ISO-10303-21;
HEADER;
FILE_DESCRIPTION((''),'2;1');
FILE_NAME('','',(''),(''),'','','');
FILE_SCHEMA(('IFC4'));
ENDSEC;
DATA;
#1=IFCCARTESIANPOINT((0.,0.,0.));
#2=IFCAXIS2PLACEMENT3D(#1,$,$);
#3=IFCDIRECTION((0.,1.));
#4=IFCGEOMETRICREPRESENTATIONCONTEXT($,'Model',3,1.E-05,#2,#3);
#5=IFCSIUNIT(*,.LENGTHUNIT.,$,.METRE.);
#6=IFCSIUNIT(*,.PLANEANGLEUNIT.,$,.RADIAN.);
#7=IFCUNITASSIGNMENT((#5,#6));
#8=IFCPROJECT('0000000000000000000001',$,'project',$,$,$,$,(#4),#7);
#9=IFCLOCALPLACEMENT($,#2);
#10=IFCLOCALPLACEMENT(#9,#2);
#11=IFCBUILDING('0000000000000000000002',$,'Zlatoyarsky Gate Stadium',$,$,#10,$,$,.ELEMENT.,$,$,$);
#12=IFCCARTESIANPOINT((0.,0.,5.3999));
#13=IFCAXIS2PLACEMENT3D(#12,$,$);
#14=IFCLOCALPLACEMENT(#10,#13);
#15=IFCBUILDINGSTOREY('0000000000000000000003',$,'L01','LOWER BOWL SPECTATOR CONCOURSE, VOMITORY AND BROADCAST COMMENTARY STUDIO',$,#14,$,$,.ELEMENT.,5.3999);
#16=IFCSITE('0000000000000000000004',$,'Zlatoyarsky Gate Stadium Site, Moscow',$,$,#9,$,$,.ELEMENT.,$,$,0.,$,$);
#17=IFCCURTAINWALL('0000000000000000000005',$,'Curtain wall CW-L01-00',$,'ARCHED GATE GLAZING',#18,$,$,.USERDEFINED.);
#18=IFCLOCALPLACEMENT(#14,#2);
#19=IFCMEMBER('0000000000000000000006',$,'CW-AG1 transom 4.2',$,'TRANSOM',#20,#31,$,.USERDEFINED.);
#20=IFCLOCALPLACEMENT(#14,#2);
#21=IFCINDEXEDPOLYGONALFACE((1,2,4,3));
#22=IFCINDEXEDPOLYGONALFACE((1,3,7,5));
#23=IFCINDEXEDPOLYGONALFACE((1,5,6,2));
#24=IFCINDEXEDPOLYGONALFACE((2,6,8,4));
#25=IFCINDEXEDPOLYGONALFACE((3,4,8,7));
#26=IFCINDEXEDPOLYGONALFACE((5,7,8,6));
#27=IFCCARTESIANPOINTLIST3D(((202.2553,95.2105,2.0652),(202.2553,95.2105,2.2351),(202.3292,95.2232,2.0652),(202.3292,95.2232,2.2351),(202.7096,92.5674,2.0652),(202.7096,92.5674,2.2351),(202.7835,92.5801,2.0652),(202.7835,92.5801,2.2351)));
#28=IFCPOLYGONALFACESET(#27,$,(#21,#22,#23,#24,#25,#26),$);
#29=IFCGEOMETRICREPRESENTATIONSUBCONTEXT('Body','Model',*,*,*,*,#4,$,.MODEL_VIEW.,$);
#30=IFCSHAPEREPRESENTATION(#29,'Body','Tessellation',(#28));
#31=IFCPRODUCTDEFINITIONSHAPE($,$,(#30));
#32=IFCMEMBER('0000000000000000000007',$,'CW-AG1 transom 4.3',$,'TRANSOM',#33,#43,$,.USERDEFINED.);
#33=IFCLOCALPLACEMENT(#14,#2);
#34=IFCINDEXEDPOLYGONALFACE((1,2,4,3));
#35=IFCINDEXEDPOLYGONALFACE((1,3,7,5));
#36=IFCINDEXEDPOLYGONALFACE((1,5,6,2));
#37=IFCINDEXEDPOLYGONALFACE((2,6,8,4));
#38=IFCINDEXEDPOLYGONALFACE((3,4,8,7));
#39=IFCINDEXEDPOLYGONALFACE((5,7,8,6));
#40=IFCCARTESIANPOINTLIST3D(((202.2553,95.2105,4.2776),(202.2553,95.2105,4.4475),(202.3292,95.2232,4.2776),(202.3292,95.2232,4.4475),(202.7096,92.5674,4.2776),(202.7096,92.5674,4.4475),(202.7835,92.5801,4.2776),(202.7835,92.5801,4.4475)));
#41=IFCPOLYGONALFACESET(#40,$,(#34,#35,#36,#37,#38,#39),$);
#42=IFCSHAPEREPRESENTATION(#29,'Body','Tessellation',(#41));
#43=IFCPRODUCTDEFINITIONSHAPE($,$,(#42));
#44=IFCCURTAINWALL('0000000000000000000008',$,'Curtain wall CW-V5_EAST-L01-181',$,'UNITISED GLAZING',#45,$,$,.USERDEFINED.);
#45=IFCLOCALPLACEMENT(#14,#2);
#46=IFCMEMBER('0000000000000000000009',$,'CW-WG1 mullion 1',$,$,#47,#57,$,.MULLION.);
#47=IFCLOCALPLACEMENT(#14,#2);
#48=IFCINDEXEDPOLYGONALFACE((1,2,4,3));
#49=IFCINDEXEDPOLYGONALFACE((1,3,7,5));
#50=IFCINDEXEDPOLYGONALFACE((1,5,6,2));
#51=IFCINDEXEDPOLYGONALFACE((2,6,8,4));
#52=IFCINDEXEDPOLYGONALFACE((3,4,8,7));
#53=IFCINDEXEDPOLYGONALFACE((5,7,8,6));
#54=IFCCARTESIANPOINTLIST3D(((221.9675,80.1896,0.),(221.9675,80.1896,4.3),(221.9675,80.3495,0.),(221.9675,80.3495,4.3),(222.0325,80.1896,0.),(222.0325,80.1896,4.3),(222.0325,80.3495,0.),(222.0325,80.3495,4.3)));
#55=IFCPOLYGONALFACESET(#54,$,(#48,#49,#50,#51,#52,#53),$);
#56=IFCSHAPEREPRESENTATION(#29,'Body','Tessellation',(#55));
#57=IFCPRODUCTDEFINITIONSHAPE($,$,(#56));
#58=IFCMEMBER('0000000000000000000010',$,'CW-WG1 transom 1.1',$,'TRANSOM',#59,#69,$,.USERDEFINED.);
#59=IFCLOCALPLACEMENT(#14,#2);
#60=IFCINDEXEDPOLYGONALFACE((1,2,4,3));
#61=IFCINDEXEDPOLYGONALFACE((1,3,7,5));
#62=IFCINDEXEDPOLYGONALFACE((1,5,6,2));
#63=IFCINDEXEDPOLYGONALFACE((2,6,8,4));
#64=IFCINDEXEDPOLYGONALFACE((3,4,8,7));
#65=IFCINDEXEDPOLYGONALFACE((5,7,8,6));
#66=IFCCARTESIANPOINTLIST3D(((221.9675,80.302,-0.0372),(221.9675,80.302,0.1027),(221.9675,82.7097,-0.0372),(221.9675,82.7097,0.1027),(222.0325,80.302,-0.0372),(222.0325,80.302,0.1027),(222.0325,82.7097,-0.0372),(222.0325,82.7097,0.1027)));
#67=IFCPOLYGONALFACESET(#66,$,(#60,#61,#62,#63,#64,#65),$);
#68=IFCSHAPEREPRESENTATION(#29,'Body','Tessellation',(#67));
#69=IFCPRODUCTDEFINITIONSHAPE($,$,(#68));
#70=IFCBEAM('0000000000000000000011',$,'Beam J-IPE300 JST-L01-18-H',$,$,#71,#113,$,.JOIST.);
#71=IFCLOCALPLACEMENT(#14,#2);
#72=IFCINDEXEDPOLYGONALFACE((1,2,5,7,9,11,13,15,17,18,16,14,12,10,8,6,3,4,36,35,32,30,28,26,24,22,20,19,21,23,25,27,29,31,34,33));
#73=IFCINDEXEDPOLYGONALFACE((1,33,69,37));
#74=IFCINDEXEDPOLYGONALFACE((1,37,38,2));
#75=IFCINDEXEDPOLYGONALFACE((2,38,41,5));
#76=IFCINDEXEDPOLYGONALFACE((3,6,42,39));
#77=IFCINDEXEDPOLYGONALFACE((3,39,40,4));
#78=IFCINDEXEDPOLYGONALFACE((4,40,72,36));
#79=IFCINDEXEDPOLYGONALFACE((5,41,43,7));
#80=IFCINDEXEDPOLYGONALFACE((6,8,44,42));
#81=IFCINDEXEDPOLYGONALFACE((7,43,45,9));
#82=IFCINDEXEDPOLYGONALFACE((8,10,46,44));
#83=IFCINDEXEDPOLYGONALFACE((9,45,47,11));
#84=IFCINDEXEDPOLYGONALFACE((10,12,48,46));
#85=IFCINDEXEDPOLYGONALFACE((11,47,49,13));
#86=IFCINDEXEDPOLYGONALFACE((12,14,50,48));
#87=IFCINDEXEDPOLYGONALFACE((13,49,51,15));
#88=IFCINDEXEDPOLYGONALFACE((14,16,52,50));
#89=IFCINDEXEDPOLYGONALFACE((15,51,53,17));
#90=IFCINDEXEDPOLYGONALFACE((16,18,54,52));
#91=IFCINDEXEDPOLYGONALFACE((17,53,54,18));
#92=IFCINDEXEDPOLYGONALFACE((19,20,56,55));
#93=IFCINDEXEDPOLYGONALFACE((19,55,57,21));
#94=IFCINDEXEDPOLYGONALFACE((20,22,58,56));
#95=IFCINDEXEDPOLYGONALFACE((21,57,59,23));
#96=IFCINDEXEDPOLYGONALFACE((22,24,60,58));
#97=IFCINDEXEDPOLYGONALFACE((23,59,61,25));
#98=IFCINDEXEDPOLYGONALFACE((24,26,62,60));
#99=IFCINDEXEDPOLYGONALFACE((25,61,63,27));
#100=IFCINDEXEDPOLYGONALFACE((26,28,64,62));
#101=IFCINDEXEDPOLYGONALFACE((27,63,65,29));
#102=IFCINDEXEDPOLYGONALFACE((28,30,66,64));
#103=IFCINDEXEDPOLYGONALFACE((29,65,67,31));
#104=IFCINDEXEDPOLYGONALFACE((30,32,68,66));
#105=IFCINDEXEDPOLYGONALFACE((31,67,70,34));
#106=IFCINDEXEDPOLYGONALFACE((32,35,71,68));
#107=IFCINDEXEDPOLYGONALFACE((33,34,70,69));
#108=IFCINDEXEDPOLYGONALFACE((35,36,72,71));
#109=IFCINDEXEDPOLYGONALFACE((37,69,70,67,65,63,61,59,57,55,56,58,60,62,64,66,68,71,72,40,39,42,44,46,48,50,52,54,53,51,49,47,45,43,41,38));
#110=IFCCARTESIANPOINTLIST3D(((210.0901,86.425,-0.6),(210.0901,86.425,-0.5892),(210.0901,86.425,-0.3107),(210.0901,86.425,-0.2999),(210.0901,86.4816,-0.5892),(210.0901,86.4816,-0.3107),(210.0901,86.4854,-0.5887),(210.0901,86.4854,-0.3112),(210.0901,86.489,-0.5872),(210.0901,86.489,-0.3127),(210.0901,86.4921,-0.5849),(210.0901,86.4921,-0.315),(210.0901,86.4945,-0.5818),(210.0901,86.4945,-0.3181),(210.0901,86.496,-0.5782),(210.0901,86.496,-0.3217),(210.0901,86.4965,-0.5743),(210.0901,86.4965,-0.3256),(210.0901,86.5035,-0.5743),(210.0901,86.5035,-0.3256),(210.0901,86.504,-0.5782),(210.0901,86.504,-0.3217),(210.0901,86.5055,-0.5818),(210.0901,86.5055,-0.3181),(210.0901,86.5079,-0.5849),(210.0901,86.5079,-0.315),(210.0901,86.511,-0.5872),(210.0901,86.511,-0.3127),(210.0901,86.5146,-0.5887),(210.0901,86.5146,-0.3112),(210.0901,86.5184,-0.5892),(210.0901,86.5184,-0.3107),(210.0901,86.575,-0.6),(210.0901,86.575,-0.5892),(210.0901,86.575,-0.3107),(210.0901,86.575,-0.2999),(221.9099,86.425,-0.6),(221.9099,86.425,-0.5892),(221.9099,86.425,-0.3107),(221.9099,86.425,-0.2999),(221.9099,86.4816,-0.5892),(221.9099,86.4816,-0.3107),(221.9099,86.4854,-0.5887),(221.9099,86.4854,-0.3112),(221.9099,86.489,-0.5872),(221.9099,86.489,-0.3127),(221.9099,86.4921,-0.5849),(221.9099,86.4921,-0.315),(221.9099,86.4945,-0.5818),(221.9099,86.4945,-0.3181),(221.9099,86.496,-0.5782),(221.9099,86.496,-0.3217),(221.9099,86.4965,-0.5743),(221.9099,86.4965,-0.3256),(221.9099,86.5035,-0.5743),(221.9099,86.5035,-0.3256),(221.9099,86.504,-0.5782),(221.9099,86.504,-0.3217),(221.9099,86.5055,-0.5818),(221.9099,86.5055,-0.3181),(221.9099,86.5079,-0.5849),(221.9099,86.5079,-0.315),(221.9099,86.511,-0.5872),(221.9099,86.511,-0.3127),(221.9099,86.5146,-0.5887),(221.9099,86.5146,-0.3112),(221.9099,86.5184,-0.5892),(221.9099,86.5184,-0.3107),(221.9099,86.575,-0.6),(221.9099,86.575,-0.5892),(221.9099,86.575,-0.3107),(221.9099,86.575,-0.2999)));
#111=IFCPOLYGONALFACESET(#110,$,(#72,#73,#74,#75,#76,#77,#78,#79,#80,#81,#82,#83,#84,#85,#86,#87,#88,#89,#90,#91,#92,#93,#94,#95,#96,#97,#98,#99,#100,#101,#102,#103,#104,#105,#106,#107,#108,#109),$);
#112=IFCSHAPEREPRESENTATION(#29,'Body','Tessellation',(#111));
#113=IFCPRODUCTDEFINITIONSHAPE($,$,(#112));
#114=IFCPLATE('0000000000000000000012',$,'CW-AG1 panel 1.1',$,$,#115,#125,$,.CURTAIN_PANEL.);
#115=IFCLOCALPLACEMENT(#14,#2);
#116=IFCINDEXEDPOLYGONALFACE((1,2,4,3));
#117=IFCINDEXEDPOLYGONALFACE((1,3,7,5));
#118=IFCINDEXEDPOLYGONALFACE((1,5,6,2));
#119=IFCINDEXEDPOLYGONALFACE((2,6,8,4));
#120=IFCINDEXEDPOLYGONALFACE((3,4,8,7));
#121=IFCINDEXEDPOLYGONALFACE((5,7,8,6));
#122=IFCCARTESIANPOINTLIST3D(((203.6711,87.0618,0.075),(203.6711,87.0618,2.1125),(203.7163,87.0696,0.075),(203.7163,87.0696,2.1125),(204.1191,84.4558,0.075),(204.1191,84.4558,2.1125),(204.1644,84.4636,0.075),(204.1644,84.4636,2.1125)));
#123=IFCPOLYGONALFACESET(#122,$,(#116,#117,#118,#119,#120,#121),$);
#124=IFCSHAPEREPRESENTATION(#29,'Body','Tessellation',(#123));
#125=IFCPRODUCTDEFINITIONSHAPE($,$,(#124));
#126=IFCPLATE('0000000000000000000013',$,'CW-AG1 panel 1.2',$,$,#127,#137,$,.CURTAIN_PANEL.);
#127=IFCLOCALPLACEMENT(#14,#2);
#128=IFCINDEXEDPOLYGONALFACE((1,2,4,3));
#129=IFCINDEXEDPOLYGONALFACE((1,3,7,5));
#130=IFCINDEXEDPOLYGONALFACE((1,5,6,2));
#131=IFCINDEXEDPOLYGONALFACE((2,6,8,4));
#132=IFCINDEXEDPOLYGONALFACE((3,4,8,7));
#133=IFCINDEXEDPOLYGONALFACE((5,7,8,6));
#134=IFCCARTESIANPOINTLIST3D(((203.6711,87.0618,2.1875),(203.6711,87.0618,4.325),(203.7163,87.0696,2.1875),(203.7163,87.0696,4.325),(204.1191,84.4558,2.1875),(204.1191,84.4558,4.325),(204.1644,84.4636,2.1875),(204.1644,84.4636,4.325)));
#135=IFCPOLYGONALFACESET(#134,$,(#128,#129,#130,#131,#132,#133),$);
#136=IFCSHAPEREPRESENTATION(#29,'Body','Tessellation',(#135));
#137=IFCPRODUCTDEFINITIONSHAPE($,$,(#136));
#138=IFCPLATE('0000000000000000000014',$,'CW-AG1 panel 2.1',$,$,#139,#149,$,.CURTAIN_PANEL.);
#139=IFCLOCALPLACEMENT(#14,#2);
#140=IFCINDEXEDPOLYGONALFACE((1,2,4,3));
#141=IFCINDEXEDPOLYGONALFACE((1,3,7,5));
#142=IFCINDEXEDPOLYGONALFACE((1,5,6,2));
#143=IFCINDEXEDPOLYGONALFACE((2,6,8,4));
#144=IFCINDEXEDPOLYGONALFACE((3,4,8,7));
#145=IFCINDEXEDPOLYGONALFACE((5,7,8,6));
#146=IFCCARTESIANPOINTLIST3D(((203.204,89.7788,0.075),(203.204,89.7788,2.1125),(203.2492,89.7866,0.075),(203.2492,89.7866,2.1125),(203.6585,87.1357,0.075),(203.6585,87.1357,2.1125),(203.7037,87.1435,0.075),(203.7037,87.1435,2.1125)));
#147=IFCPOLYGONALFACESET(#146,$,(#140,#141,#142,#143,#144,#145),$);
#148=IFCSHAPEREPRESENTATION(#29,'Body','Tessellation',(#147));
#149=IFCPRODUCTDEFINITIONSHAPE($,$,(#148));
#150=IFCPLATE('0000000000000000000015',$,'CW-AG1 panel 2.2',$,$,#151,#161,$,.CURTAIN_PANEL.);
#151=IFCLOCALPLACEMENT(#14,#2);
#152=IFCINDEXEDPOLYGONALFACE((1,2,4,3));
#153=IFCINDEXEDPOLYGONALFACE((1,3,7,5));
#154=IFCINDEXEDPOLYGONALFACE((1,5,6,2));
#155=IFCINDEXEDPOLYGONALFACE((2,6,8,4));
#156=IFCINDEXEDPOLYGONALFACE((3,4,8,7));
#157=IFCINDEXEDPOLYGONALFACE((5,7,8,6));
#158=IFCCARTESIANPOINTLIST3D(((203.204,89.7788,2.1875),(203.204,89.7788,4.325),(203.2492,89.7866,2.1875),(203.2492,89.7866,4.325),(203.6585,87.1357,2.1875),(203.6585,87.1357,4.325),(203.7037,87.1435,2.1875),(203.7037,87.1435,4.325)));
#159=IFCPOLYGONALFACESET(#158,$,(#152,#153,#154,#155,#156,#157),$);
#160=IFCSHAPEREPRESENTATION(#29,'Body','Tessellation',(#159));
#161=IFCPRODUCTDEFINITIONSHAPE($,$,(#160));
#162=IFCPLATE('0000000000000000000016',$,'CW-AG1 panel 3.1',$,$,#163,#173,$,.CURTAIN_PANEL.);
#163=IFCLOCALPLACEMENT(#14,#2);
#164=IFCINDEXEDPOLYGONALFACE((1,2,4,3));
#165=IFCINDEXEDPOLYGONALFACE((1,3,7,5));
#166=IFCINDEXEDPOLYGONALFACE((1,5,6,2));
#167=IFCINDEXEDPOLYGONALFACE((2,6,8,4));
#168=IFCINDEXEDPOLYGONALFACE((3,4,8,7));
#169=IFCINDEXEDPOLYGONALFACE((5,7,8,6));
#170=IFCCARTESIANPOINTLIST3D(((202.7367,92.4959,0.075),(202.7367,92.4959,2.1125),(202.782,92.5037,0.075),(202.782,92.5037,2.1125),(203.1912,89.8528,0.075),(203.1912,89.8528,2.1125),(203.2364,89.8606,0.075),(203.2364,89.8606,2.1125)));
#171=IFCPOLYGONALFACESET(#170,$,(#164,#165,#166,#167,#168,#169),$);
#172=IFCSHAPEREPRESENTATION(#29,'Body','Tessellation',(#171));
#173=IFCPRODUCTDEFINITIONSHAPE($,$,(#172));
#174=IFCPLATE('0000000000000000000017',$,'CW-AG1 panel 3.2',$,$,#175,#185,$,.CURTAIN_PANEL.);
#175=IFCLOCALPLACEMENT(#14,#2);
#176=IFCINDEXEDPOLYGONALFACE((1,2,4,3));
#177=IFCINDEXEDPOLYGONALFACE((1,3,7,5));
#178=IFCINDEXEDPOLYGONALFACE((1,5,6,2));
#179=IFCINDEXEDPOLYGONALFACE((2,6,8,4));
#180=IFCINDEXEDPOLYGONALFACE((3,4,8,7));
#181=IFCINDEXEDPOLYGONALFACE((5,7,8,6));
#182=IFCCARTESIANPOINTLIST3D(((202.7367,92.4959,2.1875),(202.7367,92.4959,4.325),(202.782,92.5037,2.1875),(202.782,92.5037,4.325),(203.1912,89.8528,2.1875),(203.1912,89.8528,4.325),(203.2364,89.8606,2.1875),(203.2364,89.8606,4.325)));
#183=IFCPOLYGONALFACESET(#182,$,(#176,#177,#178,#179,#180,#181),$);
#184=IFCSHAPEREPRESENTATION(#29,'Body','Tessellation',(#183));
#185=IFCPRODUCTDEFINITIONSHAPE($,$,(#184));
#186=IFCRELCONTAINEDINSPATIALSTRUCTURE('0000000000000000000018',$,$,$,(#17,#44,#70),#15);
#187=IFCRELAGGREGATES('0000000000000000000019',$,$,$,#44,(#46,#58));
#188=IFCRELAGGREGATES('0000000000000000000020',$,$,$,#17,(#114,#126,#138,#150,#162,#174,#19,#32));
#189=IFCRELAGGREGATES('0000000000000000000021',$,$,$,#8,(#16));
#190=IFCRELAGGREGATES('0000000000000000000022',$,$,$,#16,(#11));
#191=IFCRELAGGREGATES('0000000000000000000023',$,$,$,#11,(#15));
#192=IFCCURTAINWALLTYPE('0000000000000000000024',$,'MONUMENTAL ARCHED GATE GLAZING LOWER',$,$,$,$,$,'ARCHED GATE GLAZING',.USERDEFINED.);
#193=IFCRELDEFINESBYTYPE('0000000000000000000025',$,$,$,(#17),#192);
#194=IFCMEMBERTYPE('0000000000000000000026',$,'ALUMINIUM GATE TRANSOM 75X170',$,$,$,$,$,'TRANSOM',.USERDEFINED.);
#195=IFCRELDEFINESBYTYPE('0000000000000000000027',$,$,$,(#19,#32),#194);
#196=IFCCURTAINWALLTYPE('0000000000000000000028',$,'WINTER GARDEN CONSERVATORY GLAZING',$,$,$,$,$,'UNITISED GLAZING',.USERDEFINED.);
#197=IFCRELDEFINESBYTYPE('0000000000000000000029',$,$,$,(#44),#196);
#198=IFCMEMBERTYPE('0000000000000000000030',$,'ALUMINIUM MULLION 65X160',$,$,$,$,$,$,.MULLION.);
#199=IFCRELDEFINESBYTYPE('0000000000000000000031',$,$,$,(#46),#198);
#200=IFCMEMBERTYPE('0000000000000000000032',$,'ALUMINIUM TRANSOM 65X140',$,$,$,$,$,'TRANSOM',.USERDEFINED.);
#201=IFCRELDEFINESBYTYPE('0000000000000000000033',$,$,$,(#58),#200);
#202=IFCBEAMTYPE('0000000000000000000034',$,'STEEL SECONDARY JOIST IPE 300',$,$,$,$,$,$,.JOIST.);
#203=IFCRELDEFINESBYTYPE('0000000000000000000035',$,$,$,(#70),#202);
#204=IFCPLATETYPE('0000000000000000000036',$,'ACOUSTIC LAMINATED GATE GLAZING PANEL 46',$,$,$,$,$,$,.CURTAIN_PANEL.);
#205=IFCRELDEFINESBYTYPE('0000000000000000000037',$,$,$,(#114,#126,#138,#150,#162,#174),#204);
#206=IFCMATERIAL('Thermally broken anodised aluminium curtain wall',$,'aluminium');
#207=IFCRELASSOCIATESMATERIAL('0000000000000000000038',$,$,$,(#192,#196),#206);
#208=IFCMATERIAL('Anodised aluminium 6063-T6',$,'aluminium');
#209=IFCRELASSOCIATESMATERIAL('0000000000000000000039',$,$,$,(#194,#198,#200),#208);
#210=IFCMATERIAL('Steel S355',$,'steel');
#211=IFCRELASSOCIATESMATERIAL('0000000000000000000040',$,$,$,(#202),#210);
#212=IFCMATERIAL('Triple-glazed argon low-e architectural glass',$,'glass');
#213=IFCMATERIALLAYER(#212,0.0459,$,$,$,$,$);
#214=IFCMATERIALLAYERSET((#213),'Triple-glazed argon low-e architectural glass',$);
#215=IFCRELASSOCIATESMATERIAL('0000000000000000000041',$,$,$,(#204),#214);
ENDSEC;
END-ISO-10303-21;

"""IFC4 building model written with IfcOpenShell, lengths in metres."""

from ifc_helpers import new_model, si_unit, direction, frame, origin, origin_2d, place, context, subcontext, project, spatial, rectangle, i_section, extrude, material, layer, layer_set, material_profile, profile_set, type_object, element, aggregate, save


model = new_model("IFC4")

# Units and contexts
model_context = context("Model", 3, precision=1e-05, world=origin(), true_north=direction((0.0, 1.0)))
body_context = subcontext(model_context, "Body", "Model", "MODEL_VIEW")
ifc_project = project(units=[si_unit("LENGTHUNIT", "METRE"), si_unit("PLANEANGLEUNIT", "RADIAN")], contexts=[model_context])

# Site, building, storey
site_placement = place(None, origin())
site = spatial("IfcSite", under=ifc_project, at=site_placement, Name="Zlatoyarsky Gate Stadium Site, Moscow", CompositionType="ELEMENT", RefElevation=0.0)
building_placement = place(site_placement, origin())
building = spatial("IfcBuilding", under=site, at=building_placement, Name="Zlatoyarsky Gate Stadium", CompositionType="ELEMENT")
storey_placement = place(building_placement, frame((0.0, 0.0, 5.3999)))
storey = spatial("IfcBuildingStorey", under=building, at=storey_placement, Name="L01", Description="LOWER BOWL SPECTATOR CONCOURSE, VOMITORY AND BROADCAST COMMENTARY STUDIO", CompositionType="ELEMENT", Elevation=5.3999)

# Curtain walls, members
ifc_material_1 = material(Name="Thermally broken anodised aluminium curtain wall", Category="aluminium")
curtain_wall_type_1 = type_object("IfcCurtainWallType", Name="MONUMENTAL ARCHED GATE GLAZING LOWER", ElementType="ARCHED GATE GLAZING", PredefinedType="USERDEFINED", material=ifc_material_1)
curtain_wall_1_placement = place(storey_placement, origin())
curtain_wall_1 = element("IfcCurtainWall", 1, at=curtain_wall_1_placement, inside=storey, type_object=curtain_wall_type_1, Name="Curtain wall CW-L01-00", ObjectType="ARCHED GATE GLAZING", PredefinedType="USERDEFINED")
ifc_material_2 = material(Name="Anodised aluminium 6063-T6", Category="aluminium")
ifc_material_profile_1 = material_profile(ifc_material_2, rectangle(XDim=0.075, YDim=0.1699, at=origin_2d()), Name="ALU 75X170")
ifc_profile_set_1 = profile_set([ifc_material_profile_1], Name="Anodised aluminium 6063-T6")
member_type_1 = type_object("IfcMemberType", Name="ALUMINIUM GATE TRANSOM 75X170", ElementType="TRANSOM", PredefinedType="USERDEFINED", material=ifc_profile_set_1)
member_1_placement = place(storey_placement, frame((202.7466, 92.5737, 2.1501), z_axis=(-0.169416, 0.985545, 0.0), x_axis=(-0.985545, -0.169416, 0.0)))
member_1 = element("IfcMember", 2, at=member_1_placement, type_object=member_type_1, Name="CW-AG1 transom 4.2", ObjectType="TRANSOM", PredefinedType="USERDEFINED", context=body_context, shape_type="SweptSolid", body=[
    extrude(rectangle(XDim=0.075, YDim=0.1699, at=origin_2d()), origin(), (0.0, 0.0, 1.0), 2.6819),
])
member_2_placement = place(storey_placement, frame((202.7466, 92.5737, 4.3625), z_axis=(-0.169416, 0.985545, 0.0), x_axis=(-0.985545, -0.169416, 0.0)))
member_2 = element("IfcMember", 3, at=member_2_placement, type_object=member_type_1, Name="CW-AG1 transom 4.3", ObjectType="TRANSOM", PredefinedType="USERDEFINED", context=body_context, shape_type="SweptSolid", body=[
    extrude(rectangle(XDim=0.075, YDim=0.1699, at=origin_2d()), origin(), (0.0, 0.0, 1.0), 2.6819),
])
curtain_wall_type_2 = type_object("IfcCurtainWallType", Name="WINTER GARDEN CONSERVATORY GLAZING", ElementType="UNITISED GLAZING", PredefinedType="USERDEFINED", material=ifc_material_1)
curtain_wall_2_placement = place(storey_placement, origin())
curtain_wall_2 = element("IfcCurtainWall", 4, at=curtain_wall_2_placement, inside=storey, type_object=curtain_wall_type_2, Name="Curtain wall CW-V5_EAST-L01-181", ObjectType="UNITISED GLAZING", PredefinedType="USERDEFINED")
ifc_material_profile_2 = material_profile(ifc_material_2, rectangle(XDim=0.0649, YDim=0.1599, at=origin_2d()), Name="ALU 65X160")
ifc_profile_set_2 = profile_set([ifc_material_profile_2], Name="Anodised aluminium 6063-T6")
member_type_2 = type_object("IfcMemberType", Name="ALUMINIUM MULLION 65X160", PredefinedType="MULLION", material=ifc_profile_set_2)
member_3_placement = place(storey_placement, frame((222.0, 80.2695, 0.0), z_axis=(0.0, 0.0, 1.0), x_axis=(-1.0, 0.0, 0.0)))
member_3 = element("IfcMember", 5, at=member_3_placement, type_object=member_type_2, Name="CW-WG1 mullion 1", PredefinedType="MULLION", context=body_context, shape_type="SweptSolid", body=[
    extrude(rectangle(XDim=0.0649, YDim=0.1599, at=origin_2d()), origin(), (0.0, 0.0, 1.0), 4.3),
])
ifc_material_profile_3 = material_profile(ifc_material_2, rectangle(XDim=0.0649, YDim=0.1399, at=origin_2d()), Name="ALU 65X140")
ifc_profile_set_3 = profile_set([ifc_material_profile_3], Name="Anodised aluminium 6063-T6")
member_type_3 = type_object("IfcMemberType", Name="ALUMINIUM TRANSOM 65X140", ElementType="TRANSOM", PredefinedType="USERDEFINED", material=ifc_profile_set_3)
member_4_placement = place(storey_placement, frame((222.0, 80.302, 0.0327), z_axis=(0.0, 1.0, 0.0), x_axis=(-1.0, 0.0, 0.0)))
member_4 = element("IfcMember", 6, at=member_4_placement, type_object=member_type_3, Name="CW-WG1 transom 1.1", ObjectType="TRANSOM", PredefinedType="USERDEFINED", context=body_context, shape_type="SweptSolid", body=[
    extrude(rectangle(XDim=0.0649, YDim=0.1399, at=origin_2d()), origin(), (0.0, 0.0, 1.0), 2.4077),
])
aggregate(curtain_wall_2, [member_3, member_4])

# Beam
ifc_material_3 = material(Name="Steel S355", Category="steel")
ifc_material_profile_4 = material_profile(ifc_material_3, i_section(OverallWidth=0.1499, OverallDepth=0.3, WebThickness=0.0071, FlangeThickness=0.0107, FilletRadius=0.0149, at=origin_2d()), Name="IPE 300")
ifc_profile_set_4 = profile_set([ifc_material_profile_4], Name="Steel S355")
beam_type = type_object("IfcBeamType", Name="STEEL SECONDARY JOIST IPE 300", PredefinedType="JOIST", material=ifc_profile_set_4)
beam_placement = place(storey_placement, frame((210.0901, 86.5, -0.45), z_axis=(1.0, 0.0, 0.0), x_axis=(0.0, 1.0, 0.0)))
element("IfcBeam", 7, at=beam_placement, inside=storey, type_object=beam_type, Name="Beam J-IPE300 JST-L01-18-H", PredefinedType="JOIST", context=body_context, shape_type="SweptSolid", body=[
    extrude(i_section(OverallWidth=0.1499, OverallDepth=0.3, WebThickness=0.0071, FlangeThickness=0.0107, FilletRadius=0.0149, at=origin_2d()), origin(), (0.0, 0.0, 1.0), 11.8198),
])

# Plates
ifc_material_4 = material(Name="Triple-glazed argon low-e architectural glass", Category="glass")
ifc_layer_1 = layer(ifc_material_4, 0.0459)
ifc_layer_set_1 = layer_set([ifc_layer_1], Name="Triple-glazed argon low-e architectural glass")
plate_type = type_object("IfcPlateType", Name="ACOUSTIC LAMINATED GATE GLAZING PANEL 46", PredefinedType="CURTAIN_PANEL", material=ifc_layer_set_1)
plate_1_placement = place(storey_placement, frame((203.9177, 85.7627, 0.075), z_axis=(0.0, 0.0, 1.0), x_axis=(-0.169452, 0.985538, 0.0)))
plate_1 = element("IfcPlate", 8, at=plate_1_placement, type_object=plate_type, Name="CW-AG1 panel 1.1", PredefinedType="CURTAIN_PANEL", context=body_context, shape_type="SweptSolid", body=[
    extrude(rectangle(XDim=2.6443, YDim=0.0459, at=origin_2d()), origin(), (0.0, 0.0, 1.0), 2.0376),
])
plate_2_placement = place(storey_placement, frame((203.9177, 85.7627, 2.1875), z_axis=(0.0, 0.0, 1.0), x_axis=(-0.169452, 0.985538, 0.0)))
plate_2 = element("IfcPlate", 9, at=plate_2_placement, type_object=plate_type, Name="CW-AG1 panel 1.2", PredefinedType="CURTAIN_PANEL", context=body_context, shape_type="SweptSolid", body=[
    extrude(rectangle(XDim=2.6443, YDim=0.0459, at=origin_2d()), origin(), (0.0, 0.0, 1.0), 2.1375),
])
plate_3_placement = place(storey_placement, frame((203.4539, 88.4612, 0.075), z_axis=(0.0, 0.0, 1.0), x_axis=(-0.169452, 0.985538, 0.0)))
plate_3 = element("IfcPlate", 10, at=plate_3_placement, type_object=plate_type, Name="CW-AG1 panel 2.1", PredefinedType="CURTAIN_PANEL", context=body_context, shape_type="SweptSolid", body=[
    extrude(rectangle(XDim=2.6819, YDim=0.0459, at=origin_2d()), origin(), (0.0, 0.0, 1.0), 2.0376),
])
plate_4_placement = place(storey_placement, frame((203.4539, 88.4612, 2.1875), z_axis=(0.0, 0.0, 1.0), x_axis=(-0.169452, 0.985538, 0.0)))
plate_4 = element("IfcPlate", 11, at=plate_4_placement, type_object=plate_type, Name="CW-AG1 panel 2.2", PredefinedType="CURTAIN_PANEL", context=body_context, shape_type="SweptSolid", body=[
    extrude(rectangle(XDim=2.6819, YDim=0.0459, at=origin_2d()), origin(), (0.0, 0.0, 1.0), 2.1375),
])
plate_5_placement = place(storey_placement, frame((202.9866, 91.1782, 0.075), z_axis=(0.0, 0.0, 1.0), x_axis=(-0.169452, 0.985538, 0.0)))
plate_5 = element("IfcPlate", 12, at=plate_5_placement, type_object=plate_type, Name="CW-AG1 panel 3.1", PredefinedType="CURTAIN_PANEL", context=body_context, shape_type="SweptSolid", body=[
    extrude(rectangle(XDim=2.6819, YDim=0.0459, at=origin_2d()), origin(), (0.0, 0.0, 1.0), 2.0376),
])
plate_6_placement = place(storey_placement, frame((202.9866, 91.1782, 2.1875), z_axis=(0.0, 0.0, 1.0), x_axis=(-0.169452, 0.985538, 0.0)))
plate_6 = element("IfcPlate", 13, at=plate_6_placement, type_object=plate_type, Name="CW-AG1 panel 3.2", PredefinedType="CURTAIN_PANEL", context=body_context, shape_type="SweptSolid", body=[
    extrude(rectangle(XDim=2.6819, YDim=0.0459, at=origin_2d()), origin(), (0.0, 0.0, 1.0), 2.1375),
])
aggregate(curtain_wall_1, [plate_1, plate_2, plate_3, plate_4, plate_5, plate_6, member_1, member_2])

save(model, "model.ifc")
